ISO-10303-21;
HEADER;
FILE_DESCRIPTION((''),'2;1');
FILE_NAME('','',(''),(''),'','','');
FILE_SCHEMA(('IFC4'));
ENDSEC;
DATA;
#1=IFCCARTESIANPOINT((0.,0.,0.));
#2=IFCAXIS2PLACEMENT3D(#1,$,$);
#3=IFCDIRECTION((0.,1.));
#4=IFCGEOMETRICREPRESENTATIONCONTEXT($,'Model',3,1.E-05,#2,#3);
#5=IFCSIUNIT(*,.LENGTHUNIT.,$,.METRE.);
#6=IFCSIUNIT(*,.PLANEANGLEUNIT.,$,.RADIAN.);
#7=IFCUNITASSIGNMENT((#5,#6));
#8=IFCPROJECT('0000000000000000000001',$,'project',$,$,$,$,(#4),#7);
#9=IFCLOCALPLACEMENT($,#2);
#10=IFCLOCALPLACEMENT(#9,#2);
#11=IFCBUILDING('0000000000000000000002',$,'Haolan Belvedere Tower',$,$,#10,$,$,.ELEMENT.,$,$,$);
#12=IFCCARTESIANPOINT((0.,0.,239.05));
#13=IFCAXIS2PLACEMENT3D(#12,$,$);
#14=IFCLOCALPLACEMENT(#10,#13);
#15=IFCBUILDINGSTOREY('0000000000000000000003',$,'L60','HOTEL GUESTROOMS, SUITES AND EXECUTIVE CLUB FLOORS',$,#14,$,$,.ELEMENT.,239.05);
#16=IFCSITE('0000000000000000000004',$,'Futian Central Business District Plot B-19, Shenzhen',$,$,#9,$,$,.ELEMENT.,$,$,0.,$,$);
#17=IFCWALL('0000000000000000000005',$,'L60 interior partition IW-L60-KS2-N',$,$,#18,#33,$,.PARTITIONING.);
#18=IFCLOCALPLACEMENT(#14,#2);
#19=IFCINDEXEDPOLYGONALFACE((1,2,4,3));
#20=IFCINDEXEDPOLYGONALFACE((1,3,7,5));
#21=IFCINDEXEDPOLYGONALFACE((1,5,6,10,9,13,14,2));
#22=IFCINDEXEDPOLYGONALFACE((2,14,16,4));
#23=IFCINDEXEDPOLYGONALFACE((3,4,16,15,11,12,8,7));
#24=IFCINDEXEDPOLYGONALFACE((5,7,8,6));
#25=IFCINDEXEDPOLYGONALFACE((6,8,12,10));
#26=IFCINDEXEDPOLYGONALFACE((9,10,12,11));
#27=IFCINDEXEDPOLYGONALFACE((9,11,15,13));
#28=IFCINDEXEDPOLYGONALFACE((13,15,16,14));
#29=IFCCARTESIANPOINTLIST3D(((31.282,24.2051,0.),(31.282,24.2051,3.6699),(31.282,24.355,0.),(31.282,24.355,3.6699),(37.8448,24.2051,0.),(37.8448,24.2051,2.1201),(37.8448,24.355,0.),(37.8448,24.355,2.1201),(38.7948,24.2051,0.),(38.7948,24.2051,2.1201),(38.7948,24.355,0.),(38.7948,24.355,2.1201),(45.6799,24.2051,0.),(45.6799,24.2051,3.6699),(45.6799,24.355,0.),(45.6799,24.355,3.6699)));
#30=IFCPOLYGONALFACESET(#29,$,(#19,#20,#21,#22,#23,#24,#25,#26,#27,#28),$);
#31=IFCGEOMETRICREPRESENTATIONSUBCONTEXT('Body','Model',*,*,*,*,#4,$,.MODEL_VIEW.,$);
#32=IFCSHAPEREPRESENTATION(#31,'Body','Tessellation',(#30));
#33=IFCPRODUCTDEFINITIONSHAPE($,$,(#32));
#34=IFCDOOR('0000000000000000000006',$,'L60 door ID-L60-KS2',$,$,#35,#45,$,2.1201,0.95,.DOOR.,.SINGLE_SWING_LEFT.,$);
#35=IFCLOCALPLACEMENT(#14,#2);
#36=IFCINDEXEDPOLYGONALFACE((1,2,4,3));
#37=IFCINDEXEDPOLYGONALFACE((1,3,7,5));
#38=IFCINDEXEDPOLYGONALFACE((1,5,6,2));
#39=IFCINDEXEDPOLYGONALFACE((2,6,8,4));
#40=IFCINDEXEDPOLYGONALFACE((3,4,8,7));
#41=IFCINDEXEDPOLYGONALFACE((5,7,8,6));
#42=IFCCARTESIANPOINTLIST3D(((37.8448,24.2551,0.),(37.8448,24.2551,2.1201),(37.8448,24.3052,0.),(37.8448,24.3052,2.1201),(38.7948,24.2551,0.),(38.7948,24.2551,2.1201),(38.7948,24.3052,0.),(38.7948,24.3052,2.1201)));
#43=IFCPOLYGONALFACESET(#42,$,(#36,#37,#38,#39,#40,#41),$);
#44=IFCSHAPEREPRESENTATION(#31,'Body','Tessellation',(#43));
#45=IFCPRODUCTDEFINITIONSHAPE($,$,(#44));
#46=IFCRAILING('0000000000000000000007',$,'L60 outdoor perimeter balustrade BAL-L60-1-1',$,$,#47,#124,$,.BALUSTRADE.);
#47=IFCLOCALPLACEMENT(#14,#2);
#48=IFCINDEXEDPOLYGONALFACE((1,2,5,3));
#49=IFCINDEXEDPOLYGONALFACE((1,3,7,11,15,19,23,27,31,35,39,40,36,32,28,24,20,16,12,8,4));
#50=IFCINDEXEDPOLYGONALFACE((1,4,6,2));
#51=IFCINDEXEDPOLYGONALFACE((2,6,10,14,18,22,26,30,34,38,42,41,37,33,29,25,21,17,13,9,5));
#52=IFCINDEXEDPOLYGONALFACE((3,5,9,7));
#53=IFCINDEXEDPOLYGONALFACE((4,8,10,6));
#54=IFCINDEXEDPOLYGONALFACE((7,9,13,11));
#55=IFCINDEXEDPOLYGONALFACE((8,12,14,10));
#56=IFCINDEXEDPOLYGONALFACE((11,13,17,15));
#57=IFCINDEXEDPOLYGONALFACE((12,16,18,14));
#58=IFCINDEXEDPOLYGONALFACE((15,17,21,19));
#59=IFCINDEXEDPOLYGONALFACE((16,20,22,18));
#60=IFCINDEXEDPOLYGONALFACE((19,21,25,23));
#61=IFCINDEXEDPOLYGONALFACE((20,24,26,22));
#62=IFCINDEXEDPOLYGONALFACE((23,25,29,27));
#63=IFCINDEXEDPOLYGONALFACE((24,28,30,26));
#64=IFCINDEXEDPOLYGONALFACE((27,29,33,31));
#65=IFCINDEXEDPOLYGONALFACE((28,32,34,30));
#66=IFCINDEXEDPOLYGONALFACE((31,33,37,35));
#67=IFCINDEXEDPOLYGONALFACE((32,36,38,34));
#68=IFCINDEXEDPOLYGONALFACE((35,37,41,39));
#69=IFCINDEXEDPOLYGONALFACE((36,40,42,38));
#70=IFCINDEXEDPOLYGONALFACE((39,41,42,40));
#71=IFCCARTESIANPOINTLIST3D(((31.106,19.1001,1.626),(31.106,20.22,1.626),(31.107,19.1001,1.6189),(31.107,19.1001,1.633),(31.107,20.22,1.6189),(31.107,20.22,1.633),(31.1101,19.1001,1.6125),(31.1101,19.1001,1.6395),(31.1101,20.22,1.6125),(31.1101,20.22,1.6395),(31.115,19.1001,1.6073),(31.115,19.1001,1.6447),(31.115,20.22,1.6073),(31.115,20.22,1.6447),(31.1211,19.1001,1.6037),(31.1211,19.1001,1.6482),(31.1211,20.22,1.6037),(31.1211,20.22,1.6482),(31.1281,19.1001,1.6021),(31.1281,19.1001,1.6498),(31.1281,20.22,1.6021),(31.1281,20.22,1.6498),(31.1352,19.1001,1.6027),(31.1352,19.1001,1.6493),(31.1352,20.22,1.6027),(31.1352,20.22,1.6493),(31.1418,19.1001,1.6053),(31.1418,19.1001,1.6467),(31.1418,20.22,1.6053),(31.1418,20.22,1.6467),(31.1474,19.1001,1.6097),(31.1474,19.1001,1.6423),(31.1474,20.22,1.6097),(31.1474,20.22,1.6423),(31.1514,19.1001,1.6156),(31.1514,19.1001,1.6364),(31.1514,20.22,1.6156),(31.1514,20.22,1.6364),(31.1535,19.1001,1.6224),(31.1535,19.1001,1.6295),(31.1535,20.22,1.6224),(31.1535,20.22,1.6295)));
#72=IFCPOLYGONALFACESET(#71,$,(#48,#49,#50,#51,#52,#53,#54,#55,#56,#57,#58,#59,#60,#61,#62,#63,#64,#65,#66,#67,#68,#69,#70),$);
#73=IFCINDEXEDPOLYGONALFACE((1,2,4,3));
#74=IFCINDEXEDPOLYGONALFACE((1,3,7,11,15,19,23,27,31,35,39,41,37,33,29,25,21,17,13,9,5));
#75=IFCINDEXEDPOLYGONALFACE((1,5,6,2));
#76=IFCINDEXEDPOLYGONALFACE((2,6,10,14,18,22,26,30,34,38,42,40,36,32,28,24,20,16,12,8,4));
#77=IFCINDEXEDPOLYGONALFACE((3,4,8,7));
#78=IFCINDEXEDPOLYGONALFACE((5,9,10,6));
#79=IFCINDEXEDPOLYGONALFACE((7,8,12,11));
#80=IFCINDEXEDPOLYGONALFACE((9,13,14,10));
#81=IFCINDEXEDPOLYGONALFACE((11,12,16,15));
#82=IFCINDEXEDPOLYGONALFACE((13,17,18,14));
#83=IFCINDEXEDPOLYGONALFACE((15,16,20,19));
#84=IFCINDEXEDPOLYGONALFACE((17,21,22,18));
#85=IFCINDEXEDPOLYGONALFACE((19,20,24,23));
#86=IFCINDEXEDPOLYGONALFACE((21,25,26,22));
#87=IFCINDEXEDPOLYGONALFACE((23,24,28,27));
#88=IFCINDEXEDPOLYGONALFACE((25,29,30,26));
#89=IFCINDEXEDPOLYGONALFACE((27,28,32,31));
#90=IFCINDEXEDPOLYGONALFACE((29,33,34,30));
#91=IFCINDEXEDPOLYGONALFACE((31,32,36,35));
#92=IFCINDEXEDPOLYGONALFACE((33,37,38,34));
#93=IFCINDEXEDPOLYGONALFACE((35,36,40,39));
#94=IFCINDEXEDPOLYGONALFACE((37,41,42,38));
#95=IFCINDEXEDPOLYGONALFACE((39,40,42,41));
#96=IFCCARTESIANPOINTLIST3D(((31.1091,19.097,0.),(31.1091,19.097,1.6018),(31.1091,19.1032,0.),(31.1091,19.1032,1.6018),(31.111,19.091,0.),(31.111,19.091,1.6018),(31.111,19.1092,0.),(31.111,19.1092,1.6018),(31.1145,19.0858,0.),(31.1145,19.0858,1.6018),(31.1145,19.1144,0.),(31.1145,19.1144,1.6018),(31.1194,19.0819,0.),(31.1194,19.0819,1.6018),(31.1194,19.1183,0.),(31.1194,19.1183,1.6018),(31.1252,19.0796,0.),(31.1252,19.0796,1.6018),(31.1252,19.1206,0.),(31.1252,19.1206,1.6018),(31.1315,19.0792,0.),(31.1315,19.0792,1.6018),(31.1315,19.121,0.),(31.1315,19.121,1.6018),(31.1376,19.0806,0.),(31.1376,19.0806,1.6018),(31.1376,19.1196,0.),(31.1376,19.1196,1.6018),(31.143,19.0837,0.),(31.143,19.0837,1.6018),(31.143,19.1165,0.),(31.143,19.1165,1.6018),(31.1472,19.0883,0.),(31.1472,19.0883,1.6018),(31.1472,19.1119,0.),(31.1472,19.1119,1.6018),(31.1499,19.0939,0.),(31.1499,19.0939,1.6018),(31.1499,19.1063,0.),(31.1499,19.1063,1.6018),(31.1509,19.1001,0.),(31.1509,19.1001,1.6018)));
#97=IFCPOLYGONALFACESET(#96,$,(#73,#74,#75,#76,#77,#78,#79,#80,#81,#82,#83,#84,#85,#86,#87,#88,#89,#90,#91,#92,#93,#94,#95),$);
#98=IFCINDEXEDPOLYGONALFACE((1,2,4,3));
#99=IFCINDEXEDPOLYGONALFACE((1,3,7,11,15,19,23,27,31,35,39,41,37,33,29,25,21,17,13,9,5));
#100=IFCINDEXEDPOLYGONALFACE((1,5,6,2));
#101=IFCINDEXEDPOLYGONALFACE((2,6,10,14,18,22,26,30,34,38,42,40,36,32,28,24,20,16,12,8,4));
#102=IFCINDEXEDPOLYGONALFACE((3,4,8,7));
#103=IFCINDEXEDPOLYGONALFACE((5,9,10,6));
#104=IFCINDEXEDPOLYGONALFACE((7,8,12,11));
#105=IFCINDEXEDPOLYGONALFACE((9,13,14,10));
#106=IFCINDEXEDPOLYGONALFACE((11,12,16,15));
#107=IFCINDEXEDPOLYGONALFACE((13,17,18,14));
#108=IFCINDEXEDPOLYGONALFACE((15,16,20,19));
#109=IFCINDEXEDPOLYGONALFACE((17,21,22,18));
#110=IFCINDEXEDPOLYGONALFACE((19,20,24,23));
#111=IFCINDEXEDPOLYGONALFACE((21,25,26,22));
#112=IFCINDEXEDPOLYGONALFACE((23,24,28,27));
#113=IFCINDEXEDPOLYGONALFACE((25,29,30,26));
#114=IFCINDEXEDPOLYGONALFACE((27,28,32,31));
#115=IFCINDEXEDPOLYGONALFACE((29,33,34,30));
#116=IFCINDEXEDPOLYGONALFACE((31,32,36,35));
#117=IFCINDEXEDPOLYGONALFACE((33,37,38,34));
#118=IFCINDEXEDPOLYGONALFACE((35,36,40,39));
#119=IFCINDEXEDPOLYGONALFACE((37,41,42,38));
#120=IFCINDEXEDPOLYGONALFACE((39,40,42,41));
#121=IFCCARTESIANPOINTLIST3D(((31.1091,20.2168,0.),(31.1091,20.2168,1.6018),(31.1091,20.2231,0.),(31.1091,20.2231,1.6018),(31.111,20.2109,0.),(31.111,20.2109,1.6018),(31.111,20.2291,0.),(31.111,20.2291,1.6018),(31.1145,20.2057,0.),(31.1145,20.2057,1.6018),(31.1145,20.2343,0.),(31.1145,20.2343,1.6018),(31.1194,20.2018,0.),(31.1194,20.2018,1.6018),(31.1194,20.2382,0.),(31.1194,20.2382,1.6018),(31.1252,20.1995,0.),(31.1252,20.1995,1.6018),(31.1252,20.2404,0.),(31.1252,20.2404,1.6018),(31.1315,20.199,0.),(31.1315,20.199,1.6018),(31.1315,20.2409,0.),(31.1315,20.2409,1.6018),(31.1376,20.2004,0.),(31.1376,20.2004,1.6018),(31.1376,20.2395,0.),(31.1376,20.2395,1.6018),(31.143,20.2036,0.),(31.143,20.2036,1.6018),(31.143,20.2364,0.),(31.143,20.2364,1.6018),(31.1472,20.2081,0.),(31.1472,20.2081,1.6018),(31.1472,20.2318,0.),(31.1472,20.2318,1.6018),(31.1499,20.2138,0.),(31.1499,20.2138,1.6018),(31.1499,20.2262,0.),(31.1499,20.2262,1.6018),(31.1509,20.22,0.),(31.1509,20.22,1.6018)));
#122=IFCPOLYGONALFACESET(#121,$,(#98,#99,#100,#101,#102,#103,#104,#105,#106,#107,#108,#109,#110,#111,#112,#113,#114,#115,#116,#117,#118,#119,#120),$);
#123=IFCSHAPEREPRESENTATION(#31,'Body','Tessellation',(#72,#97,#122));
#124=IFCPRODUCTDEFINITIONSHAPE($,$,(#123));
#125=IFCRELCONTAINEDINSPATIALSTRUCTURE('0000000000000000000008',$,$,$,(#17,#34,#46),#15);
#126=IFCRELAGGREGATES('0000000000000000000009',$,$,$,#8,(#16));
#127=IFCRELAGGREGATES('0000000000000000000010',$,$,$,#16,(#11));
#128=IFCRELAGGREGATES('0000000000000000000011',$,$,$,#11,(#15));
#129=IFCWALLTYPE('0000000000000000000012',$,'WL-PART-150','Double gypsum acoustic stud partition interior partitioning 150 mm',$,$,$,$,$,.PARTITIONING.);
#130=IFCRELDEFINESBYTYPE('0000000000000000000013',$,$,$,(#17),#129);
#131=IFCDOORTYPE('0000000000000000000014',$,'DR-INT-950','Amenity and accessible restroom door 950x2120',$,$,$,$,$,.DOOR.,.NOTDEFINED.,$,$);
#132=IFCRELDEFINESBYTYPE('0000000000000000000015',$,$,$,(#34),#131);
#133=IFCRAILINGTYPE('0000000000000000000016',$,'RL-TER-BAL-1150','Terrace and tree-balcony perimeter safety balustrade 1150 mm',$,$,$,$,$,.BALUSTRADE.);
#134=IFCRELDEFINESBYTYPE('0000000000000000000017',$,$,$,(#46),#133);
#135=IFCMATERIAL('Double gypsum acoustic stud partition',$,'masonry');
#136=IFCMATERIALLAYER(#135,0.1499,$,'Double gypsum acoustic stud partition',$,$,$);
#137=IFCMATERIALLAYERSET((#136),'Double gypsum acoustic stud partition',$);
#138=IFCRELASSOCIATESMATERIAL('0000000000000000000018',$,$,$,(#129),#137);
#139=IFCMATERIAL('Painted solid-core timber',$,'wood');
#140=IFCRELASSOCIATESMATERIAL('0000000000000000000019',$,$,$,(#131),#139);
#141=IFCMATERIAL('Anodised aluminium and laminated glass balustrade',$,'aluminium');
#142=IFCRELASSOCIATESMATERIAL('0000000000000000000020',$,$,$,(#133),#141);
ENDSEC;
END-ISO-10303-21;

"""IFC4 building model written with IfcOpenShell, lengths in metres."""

from ifc_helpers import new_model, si_unit, direction, frame, frame_2d, origin, origin_2d, place, context, subcontext, project, spatial, rectangle, circle, extrude, material, layer, layer_set, type_object, element, fill, save


model = new_model("IFC4")

# Units and contexts
model_context = context("Model", 3, precision=1e-05, world=origin(), true_north=direction((0.0, 1.0)))
body_context = subcontext(model_context, "Body", "Model", "MODEL_VIEW")
ifc_project = project(units=[si_unit("LENGTHUNIT", "METRE"), si_unit("PLANEANGLEUNIT", "RADIAN")], contexts=[model_context])

# Site, building, storey
site_placement = place(None, origin())
site = spatial("IfcSite", under=ifc_project, at=site_placement, Name="Futian Central Business District Plot B-19, Shenzhen", CompositionType="ELEMENT", RefElevation=0.0)
building_placement = place(site_placement, origin())
building = spatial("IfcBuilding", under=site, at=building_placement, Name="Haolan Belvedere Tower", CompositionType="ELEMENT")
storey_placement = place(building_placement, frame((0.0, 0.0, 239.05)))
storey = spatial("IfcBuildingStorey", under=building, at=storey_placement, Name="L60", Description="HOTEL GUESTROOMS, SUITES AND EXECUTIVE CLUB FLOORS", CompositionType="ELEMENT", Elevation=239.05)

# Shared definitions
ifc_material_1 = material(Name="Double gypsum acoustic stud partition", Category="masonry")
ifc_layer_1 = layer(ifc_material_1, 0.1499, Name="Double gypsum acoustic stud partition")
ifc_layer_set_1 = layer_set([ifc_layer_1], Name="Double gypsum acoustic stud partition")
wall_type_1 = type_object("IfcWallType", Name="WL-PART-150", Description="Double gypsum acoustic stud partition interior partitioning 150 mm", PredefinedType="PARTITIONING", material=ifc_layer_set_1)

# Wall, opening, door
wall_1_placement = place(storey_placement, frame((31.282, 24.28, 0.0), z_axis=(0.0, 0.0, 1.0), x_axis=(1.0, 0.0, 0.0)))
wall_1 = element("IfcWall", 1, at=wall_1_placement, inside=storey, type_object=wall_type_1, Name="L60 interior partition IW-L60-KS2-N", PredefinedType="PARTITIONING", context=body_context, shape_type="SweptSolid", body=[
    extrude(rectangle(XDim=14.3979, YDim=0.1499, at=frame_2d((7.199, 0.0))), origin(), (0.0, 0.0, 1.0), 3.6699),
])
opening_1_placement = place(wall_1_placement, frame((7.5129, 0.0, 0.0), z_axis=(0.0, 0.0, 1.0), x_axis=(-1.0, 0.0, 0.0)))
opening_1 = element("IfcOpeningElement", 2, at=opening_1_placement, cuts=wall_1, PredefinedType="OPENING", context=body_context, shape_type="SweptSolid", body=[
    extrude(rectangle(XDim=0.95, YDim=2.1201, at=frame_2d((0.4751, 1.0601))), frame((0.0, 0.085, 0.0), z_axis=(0.0, -1.0, 0.0), x_axis=(1.0, 0.0, 0.0)), (0.0, 0.0, 1.0), 0.1699),
])
ifc_material_2 = material(Name="Painted solid-core timber", Category="wood")
door_type_1 = type_object("IfcDoorType", Name="DR-INT-950", Description="Amenity and accessible restroom door 950x2120", OperationType="NOTDEFINED", PredefinedType="DOOR", material=ifc_material_2)
door_1_placement = place(opening_1_placement, origin())
door_1 = element("IfcDoor", 3, at=door_1_placement, inside=storey, type_object=door_type_1, Name="L60 door ID-L60-KS2", OperationType="SINGLE_SWING_LEFT", OverallHeight=2.1201, OverallWidth=0.95, PredefinedType="DOOR", context=body_context, shape_type="SweptSolid", body=[
    extrude(rectangle(XDim=0.95, YDim=2.1201, at=frame_2d((0.4751, 1.0601))), frame((0.0, 0.0249, 0.0), z_axis=(0.0, -1.0, 0.0), x_axis=(1.0, 0.0, 0.0)), (0.0, 0.0, 1.0), 0.05),
])
fill(opening_1, door_1)

# Railing
ifc_material_3 = material(Name="Anodised aluminium and laminated glass balustrade", Category="aluminium")
railing_type = type_object("IfcRailingType", Name="RL-TER-BAL-1150", Description="Terrace and tree-balcony perimeter safety balustrade 1150 mm", PredefinedType="BALUSTRADE", material=ifc_material_3)
railing_placement = place(storey_placement, frame((31.1299, 19.1001, 0.0)))
element("IfcRailing", 4, at=railing_placement, inside=storey, type_object=railing_type, Name="L60 outdoor perimeter balustrade BAL-L60-1-1", PredefinedType="BALUSTRADE", context=body_context, shape_type="SweptSolid", body=[
    extrude(circle(Radius=0.0239, at=origin_2d()), frame((0.0, 0.0, 1.626), z_axis=(0.0, 1.0, 0.0), x_axis=(-1.0, 0.0, 0.0)), (0.0, 0.0, 1.0), 1.1199),
    extrude(circle(Radius=0.021, at=origin_2d()), origin(), (0.0, 0.0, 1.0), 1.6018),
    extrude(circle(Radius=0.021, at=origin_2d()), frame((0.0, 1.1199, 0.0)), (0.0, 0.0, 1.0), 1.6018),
])

save(model, "model.ifc")
